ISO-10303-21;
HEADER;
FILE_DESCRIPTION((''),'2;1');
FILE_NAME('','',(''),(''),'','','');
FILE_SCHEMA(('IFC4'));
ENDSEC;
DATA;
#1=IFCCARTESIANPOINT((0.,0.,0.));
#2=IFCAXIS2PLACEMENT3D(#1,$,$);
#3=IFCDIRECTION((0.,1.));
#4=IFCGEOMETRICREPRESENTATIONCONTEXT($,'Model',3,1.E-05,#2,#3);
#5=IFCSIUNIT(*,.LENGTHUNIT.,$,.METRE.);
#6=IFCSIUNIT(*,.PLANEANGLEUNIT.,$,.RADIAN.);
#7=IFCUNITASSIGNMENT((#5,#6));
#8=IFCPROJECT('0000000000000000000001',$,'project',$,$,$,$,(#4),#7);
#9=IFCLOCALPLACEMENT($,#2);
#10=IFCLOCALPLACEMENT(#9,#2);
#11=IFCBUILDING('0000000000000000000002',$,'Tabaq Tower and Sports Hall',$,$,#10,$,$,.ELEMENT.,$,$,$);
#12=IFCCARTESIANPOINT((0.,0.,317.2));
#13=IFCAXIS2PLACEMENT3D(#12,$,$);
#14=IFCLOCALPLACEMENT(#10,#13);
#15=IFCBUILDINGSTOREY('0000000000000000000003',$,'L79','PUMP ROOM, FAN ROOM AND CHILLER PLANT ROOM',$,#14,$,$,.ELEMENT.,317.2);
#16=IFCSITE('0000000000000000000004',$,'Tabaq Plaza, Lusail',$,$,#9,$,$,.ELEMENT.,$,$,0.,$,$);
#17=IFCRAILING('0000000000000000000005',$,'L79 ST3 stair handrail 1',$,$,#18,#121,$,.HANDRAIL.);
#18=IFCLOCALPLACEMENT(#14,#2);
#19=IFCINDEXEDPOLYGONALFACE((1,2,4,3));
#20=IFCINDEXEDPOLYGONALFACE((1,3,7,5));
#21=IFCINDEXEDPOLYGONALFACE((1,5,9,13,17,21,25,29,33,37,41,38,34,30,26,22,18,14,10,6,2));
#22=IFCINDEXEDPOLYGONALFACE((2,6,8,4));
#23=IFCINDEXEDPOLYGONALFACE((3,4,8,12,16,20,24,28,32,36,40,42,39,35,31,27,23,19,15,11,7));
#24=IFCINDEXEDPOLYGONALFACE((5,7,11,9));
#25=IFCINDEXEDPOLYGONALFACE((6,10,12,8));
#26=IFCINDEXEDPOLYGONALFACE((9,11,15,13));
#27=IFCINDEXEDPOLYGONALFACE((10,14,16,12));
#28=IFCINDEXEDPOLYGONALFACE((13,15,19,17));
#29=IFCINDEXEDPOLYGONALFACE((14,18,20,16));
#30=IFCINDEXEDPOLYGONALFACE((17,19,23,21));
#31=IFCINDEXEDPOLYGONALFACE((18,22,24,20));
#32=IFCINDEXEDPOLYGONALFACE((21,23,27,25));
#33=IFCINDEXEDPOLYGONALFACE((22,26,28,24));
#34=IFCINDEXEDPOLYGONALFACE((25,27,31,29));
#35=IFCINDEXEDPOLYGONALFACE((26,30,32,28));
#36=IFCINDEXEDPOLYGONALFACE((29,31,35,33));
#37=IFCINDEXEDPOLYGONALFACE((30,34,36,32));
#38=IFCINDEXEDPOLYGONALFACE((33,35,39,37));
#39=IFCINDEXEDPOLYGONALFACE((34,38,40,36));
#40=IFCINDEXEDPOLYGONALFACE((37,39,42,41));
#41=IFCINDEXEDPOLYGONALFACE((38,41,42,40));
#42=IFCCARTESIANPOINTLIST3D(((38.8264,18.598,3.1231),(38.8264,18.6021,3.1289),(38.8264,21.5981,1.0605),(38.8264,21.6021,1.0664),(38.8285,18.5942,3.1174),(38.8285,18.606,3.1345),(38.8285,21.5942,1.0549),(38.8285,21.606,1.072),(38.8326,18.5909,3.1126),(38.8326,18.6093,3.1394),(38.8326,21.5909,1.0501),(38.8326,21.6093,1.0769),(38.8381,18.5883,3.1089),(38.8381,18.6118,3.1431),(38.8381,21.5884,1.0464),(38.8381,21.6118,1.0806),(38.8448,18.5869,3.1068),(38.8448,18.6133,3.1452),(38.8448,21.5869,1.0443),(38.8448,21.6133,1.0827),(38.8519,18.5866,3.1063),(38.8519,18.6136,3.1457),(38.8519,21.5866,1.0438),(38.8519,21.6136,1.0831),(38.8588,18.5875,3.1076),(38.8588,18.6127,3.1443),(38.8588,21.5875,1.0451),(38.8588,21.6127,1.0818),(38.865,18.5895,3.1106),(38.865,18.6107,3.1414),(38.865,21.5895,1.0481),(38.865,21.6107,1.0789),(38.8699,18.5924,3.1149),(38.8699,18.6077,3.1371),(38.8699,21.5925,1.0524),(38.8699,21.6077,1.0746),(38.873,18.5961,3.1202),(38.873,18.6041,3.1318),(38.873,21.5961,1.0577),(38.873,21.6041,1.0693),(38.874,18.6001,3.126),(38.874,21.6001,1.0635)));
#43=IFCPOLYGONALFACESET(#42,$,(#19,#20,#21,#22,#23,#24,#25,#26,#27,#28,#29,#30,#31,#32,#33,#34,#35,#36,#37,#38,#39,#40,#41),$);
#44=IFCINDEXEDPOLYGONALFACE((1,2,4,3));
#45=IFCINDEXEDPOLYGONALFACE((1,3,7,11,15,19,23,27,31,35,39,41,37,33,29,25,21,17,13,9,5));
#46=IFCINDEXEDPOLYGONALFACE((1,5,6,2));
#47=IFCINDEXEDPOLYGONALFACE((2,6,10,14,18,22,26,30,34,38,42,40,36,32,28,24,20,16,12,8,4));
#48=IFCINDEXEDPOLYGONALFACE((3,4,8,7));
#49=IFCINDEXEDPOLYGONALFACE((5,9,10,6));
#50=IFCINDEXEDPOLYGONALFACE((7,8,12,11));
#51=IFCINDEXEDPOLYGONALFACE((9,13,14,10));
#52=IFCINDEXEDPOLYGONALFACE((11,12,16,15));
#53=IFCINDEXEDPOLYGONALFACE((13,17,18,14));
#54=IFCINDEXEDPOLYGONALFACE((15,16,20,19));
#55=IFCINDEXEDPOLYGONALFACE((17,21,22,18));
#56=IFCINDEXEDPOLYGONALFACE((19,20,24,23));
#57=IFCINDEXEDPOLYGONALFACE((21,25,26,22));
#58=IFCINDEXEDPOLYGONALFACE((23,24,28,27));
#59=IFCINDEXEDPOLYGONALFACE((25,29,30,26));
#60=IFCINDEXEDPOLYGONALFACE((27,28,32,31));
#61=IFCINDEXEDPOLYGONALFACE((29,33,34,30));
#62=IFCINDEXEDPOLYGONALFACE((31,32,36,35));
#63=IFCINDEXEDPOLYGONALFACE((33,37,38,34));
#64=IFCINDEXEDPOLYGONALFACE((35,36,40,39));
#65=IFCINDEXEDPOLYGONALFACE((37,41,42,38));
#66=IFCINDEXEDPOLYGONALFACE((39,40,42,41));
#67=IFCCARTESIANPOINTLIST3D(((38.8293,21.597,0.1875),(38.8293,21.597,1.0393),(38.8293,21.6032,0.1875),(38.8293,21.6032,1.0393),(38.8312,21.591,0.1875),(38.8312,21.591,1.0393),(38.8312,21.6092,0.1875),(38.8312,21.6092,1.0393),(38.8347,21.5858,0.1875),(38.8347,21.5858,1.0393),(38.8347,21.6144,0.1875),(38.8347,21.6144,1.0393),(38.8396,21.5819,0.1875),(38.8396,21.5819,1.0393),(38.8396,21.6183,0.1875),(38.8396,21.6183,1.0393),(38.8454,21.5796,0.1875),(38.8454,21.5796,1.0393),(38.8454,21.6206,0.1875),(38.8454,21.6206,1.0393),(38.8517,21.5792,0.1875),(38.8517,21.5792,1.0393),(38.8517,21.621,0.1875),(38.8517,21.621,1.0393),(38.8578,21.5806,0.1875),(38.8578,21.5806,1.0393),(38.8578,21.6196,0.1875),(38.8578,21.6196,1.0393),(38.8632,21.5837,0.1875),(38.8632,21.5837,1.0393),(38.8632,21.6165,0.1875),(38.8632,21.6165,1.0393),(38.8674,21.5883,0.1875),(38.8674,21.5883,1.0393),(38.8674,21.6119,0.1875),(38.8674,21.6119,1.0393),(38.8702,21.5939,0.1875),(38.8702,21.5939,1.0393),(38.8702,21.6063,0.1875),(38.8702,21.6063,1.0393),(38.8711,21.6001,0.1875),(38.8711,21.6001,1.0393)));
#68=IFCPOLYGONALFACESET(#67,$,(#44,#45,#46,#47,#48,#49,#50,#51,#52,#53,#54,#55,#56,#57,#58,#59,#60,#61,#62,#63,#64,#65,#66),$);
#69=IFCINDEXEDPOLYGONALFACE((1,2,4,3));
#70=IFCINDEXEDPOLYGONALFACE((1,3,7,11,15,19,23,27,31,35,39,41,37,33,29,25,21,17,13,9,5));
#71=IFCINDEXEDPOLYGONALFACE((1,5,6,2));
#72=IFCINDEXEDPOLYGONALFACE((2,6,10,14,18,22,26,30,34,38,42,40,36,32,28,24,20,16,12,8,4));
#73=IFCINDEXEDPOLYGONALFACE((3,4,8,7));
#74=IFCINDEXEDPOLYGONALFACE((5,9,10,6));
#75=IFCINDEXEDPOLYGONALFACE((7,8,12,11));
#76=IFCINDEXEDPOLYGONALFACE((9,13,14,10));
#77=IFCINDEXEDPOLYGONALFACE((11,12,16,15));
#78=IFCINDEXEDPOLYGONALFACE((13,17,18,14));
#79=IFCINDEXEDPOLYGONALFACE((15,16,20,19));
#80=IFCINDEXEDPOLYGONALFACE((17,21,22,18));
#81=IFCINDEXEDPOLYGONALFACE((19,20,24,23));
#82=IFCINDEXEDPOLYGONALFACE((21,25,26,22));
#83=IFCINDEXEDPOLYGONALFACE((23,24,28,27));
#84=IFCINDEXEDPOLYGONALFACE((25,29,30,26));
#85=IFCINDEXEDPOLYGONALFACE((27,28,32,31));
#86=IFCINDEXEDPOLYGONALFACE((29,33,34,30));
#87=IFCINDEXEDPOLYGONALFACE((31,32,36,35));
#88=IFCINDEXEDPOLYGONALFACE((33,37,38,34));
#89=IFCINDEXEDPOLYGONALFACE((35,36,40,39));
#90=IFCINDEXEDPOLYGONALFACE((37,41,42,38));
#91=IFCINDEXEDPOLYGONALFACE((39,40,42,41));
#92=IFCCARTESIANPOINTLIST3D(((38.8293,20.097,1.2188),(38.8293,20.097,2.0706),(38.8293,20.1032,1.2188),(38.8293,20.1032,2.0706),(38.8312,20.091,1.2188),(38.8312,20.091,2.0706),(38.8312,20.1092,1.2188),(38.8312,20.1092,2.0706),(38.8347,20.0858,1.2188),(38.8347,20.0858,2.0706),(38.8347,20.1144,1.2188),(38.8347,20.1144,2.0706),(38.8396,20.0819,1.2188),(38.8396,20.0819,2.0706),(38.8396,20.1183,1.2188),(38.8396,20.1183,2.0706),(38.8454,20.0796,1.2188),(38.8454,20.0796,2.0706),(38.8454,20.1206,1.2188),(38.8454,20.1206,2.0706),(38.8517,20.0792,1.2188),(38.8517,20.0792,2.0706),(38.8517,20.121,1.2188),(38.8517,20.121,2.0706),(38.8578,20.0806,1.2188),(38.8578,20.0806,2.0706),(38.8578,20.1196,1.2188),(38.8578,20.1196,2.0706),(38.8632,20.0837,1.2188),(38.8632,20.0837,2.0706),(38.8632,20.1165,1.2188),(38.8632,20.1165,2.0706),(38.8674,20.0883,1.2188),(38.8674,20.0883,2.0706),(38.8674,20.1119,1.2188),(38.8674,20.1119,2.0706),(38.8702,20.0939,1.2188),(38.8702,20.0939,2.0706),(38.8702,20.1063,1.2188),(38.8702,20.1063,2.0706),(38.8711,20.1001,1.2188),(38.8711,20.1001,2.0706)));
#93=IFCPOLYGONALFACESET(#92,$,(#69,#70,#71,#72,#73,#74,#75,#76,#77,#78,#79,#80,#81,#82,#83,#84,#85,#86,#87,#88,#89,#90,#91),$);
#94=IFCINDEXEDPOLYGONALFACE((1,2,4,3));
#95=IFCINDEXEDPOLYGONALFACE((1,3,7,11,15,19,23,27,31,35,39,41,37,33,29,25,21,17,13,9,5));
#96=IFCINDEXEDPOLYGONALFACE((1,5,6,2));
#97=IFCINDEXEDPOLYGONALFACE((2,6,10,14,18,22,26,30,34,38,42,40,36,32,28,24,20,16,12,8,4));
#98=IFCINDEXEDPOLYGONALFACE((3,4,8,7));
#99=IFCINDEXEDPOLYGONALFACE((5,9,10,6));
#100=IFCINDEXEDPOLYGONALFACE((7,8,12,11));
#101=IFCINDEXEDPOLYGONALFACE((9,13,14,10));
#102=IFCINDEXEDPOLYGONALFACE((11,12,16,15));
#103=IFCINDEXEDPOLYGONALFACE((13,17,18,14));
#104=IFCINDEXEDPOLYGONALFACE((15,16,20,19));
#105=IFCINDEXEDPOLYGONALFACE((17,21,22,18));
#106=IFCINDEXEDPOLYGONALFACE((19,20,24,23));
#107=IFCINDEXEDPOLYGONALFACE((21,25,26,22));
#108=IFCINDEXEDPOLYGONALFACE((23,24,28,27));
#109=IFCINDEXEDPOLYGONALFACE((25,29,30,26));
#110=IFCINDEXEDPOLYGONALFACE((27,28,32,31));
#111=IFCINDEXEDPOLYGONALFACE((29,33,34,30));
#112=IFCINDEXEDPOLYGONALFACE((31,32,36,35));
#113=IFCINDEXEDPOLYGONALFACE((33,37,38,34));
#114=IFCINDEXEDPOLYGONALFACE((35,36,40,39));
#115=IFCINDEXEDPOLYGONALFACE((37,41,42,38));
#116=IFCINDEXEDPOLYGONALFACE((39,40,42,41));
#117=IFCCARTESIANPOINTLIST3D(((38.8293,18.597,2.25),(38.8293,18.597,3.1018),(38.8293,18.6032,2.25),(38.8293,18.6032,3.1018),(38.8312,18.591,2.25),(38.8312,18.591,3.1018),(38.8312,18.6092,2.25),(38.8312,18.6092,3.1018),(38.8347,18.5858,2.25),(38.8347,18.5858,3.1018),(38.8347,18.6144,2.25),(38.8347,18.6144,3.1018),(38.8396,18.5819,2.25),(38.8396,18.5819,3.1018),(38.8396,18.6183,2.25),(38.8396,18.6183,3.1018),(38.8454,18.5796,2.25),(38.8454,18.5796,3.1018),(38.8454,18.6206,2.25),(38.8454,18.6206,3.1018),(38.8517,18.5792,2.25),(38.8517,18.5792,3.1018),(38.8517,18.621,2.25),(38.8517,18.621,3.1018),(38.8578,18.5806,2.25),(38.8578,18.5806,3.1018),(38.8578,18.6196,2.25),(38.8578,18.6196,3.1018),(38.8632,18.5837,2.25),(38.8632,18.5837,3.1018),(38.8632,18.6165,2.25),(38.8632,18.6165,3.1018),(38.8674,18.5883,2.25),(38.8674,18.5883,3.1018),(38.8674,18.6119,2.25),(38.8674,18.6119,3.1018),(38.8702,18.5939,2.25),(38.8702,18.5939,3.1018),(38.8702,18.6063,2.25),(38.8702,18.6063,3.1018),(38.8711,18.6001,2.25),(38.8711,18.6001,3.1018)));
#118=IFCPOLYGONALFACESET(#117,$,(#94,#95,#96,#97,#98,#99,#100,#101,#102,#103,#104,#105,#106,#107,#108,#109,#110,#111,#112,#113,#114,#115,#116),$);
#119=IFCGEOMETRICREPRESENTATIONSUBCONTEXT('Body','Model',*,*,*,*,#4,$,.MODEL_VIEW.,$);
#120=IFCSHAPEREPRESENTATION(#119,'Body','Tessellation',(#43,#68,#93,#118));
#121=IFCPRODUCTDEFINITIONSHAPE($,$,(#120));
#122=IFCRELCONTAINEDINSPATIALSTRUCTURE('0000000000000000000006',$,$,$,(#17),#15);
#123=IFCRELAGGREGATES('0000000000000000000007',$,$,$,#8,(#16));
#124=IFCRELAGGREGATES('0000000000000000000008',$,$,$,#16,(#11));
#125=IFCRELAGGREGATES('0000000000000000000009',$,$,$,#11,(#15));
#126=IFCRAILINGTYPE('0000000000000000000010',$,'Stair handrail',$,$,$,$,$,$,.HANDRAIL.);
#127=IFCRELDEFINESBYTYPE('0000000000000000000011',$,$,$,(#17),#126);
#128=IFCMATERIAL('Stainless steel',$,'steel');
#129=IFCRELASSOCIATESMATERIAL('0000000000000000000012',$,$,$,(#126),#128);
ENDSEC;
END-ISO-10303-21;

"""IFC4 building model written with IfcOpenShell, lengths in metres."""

from ifc_helpers import new_model, si_unit, direction, frame, origin, origin_2d, place, context, subcontext, project, spatial, circle, extrude, material, type_object, element, save


model = new_model("IFC4")

# Units and contexts
model_context = context("Model", 3, precision=1e-05, world=origin(), true_north=direction((0.0, 1.0)))
body_context = subcontext(model_context, "Body", "Model", "MODEL_VIEW")
ifc_project = project(units=[si_unit("LENGTHUNIT", "METRE"), si_unit("PLANEANGLEUNIT", "RADIAN")], contexts=[model_context])

# Site, building, storey
site_placement = place(None, origin())
site = spatial("IfcSite", under=ifc_project, at=site_placement, Name="Tabaq Plaza, Lusail", CompositionType="ELEMENT", RefElevation=0.0)
building_placement = place(site_placement, origin())
building = spatial("IfcBuilding", under=site, at=building_placement, Name="Tabaq Tower and Sports Hall", CompositionType="ELEMENT")
storey_placement = place(building_placement, frame((0.0, 0.0, 317.2)))
storey = spatial("IfcBuildingStorey", under=building, at=storey_placement, Name="L79", Description="PUMP ROOM, FAN ROOM AND CHILLER PLANT ROOM", CompositionType="ELEMENT", Elevation=317.2)

# Railing
ifc_material_1 = material(Name="Stainless steel", Category="steel")
railing_type_1 = type_object("IfcRailingType", Name="Stair handrail", PredefinedType="HANDRAIL", material=ifc_material_1)
railing_1_placement = place(storey_placement, frame((38.8501, 21.6001, 0.1875)))
element("IfcRailing", 1, at=railing_1_placement, inside=storey, type_object=railing_type_1, Name="L79 ST3 stair handrail 1", PredefinedType="HANDRAIL", context=body_context, shape_type="SweptSolid", body=[
    extrude(circle(Radius=0.0239, at=origin_2d()), frame((0.0, 0.0, 0.876), z_axis=(0.0, -0.824042, 0.566529), x_axis=(1.0, 0.0, 0.0)), (0.0, 0.0, 1.0), 3.6406),
    extrude(circle(Radius=0.021, at=origin_2d()), origin(), (0.0, 0.0, 1.0), 0.8518),
    extrude(circle(Radius=0.021, at=origin_2d()), frame((0.0, -1.5, 1.0312)), (0.0, 0.0, 1.0), 0.8518),
    extrude(circle(Radius=0.021, at=origin_2d()), frame((0.0, -3.0, 2.0625)), (0.0, 0.0, 1.0), 0.8518),
])

save(model, "model.ifc")
